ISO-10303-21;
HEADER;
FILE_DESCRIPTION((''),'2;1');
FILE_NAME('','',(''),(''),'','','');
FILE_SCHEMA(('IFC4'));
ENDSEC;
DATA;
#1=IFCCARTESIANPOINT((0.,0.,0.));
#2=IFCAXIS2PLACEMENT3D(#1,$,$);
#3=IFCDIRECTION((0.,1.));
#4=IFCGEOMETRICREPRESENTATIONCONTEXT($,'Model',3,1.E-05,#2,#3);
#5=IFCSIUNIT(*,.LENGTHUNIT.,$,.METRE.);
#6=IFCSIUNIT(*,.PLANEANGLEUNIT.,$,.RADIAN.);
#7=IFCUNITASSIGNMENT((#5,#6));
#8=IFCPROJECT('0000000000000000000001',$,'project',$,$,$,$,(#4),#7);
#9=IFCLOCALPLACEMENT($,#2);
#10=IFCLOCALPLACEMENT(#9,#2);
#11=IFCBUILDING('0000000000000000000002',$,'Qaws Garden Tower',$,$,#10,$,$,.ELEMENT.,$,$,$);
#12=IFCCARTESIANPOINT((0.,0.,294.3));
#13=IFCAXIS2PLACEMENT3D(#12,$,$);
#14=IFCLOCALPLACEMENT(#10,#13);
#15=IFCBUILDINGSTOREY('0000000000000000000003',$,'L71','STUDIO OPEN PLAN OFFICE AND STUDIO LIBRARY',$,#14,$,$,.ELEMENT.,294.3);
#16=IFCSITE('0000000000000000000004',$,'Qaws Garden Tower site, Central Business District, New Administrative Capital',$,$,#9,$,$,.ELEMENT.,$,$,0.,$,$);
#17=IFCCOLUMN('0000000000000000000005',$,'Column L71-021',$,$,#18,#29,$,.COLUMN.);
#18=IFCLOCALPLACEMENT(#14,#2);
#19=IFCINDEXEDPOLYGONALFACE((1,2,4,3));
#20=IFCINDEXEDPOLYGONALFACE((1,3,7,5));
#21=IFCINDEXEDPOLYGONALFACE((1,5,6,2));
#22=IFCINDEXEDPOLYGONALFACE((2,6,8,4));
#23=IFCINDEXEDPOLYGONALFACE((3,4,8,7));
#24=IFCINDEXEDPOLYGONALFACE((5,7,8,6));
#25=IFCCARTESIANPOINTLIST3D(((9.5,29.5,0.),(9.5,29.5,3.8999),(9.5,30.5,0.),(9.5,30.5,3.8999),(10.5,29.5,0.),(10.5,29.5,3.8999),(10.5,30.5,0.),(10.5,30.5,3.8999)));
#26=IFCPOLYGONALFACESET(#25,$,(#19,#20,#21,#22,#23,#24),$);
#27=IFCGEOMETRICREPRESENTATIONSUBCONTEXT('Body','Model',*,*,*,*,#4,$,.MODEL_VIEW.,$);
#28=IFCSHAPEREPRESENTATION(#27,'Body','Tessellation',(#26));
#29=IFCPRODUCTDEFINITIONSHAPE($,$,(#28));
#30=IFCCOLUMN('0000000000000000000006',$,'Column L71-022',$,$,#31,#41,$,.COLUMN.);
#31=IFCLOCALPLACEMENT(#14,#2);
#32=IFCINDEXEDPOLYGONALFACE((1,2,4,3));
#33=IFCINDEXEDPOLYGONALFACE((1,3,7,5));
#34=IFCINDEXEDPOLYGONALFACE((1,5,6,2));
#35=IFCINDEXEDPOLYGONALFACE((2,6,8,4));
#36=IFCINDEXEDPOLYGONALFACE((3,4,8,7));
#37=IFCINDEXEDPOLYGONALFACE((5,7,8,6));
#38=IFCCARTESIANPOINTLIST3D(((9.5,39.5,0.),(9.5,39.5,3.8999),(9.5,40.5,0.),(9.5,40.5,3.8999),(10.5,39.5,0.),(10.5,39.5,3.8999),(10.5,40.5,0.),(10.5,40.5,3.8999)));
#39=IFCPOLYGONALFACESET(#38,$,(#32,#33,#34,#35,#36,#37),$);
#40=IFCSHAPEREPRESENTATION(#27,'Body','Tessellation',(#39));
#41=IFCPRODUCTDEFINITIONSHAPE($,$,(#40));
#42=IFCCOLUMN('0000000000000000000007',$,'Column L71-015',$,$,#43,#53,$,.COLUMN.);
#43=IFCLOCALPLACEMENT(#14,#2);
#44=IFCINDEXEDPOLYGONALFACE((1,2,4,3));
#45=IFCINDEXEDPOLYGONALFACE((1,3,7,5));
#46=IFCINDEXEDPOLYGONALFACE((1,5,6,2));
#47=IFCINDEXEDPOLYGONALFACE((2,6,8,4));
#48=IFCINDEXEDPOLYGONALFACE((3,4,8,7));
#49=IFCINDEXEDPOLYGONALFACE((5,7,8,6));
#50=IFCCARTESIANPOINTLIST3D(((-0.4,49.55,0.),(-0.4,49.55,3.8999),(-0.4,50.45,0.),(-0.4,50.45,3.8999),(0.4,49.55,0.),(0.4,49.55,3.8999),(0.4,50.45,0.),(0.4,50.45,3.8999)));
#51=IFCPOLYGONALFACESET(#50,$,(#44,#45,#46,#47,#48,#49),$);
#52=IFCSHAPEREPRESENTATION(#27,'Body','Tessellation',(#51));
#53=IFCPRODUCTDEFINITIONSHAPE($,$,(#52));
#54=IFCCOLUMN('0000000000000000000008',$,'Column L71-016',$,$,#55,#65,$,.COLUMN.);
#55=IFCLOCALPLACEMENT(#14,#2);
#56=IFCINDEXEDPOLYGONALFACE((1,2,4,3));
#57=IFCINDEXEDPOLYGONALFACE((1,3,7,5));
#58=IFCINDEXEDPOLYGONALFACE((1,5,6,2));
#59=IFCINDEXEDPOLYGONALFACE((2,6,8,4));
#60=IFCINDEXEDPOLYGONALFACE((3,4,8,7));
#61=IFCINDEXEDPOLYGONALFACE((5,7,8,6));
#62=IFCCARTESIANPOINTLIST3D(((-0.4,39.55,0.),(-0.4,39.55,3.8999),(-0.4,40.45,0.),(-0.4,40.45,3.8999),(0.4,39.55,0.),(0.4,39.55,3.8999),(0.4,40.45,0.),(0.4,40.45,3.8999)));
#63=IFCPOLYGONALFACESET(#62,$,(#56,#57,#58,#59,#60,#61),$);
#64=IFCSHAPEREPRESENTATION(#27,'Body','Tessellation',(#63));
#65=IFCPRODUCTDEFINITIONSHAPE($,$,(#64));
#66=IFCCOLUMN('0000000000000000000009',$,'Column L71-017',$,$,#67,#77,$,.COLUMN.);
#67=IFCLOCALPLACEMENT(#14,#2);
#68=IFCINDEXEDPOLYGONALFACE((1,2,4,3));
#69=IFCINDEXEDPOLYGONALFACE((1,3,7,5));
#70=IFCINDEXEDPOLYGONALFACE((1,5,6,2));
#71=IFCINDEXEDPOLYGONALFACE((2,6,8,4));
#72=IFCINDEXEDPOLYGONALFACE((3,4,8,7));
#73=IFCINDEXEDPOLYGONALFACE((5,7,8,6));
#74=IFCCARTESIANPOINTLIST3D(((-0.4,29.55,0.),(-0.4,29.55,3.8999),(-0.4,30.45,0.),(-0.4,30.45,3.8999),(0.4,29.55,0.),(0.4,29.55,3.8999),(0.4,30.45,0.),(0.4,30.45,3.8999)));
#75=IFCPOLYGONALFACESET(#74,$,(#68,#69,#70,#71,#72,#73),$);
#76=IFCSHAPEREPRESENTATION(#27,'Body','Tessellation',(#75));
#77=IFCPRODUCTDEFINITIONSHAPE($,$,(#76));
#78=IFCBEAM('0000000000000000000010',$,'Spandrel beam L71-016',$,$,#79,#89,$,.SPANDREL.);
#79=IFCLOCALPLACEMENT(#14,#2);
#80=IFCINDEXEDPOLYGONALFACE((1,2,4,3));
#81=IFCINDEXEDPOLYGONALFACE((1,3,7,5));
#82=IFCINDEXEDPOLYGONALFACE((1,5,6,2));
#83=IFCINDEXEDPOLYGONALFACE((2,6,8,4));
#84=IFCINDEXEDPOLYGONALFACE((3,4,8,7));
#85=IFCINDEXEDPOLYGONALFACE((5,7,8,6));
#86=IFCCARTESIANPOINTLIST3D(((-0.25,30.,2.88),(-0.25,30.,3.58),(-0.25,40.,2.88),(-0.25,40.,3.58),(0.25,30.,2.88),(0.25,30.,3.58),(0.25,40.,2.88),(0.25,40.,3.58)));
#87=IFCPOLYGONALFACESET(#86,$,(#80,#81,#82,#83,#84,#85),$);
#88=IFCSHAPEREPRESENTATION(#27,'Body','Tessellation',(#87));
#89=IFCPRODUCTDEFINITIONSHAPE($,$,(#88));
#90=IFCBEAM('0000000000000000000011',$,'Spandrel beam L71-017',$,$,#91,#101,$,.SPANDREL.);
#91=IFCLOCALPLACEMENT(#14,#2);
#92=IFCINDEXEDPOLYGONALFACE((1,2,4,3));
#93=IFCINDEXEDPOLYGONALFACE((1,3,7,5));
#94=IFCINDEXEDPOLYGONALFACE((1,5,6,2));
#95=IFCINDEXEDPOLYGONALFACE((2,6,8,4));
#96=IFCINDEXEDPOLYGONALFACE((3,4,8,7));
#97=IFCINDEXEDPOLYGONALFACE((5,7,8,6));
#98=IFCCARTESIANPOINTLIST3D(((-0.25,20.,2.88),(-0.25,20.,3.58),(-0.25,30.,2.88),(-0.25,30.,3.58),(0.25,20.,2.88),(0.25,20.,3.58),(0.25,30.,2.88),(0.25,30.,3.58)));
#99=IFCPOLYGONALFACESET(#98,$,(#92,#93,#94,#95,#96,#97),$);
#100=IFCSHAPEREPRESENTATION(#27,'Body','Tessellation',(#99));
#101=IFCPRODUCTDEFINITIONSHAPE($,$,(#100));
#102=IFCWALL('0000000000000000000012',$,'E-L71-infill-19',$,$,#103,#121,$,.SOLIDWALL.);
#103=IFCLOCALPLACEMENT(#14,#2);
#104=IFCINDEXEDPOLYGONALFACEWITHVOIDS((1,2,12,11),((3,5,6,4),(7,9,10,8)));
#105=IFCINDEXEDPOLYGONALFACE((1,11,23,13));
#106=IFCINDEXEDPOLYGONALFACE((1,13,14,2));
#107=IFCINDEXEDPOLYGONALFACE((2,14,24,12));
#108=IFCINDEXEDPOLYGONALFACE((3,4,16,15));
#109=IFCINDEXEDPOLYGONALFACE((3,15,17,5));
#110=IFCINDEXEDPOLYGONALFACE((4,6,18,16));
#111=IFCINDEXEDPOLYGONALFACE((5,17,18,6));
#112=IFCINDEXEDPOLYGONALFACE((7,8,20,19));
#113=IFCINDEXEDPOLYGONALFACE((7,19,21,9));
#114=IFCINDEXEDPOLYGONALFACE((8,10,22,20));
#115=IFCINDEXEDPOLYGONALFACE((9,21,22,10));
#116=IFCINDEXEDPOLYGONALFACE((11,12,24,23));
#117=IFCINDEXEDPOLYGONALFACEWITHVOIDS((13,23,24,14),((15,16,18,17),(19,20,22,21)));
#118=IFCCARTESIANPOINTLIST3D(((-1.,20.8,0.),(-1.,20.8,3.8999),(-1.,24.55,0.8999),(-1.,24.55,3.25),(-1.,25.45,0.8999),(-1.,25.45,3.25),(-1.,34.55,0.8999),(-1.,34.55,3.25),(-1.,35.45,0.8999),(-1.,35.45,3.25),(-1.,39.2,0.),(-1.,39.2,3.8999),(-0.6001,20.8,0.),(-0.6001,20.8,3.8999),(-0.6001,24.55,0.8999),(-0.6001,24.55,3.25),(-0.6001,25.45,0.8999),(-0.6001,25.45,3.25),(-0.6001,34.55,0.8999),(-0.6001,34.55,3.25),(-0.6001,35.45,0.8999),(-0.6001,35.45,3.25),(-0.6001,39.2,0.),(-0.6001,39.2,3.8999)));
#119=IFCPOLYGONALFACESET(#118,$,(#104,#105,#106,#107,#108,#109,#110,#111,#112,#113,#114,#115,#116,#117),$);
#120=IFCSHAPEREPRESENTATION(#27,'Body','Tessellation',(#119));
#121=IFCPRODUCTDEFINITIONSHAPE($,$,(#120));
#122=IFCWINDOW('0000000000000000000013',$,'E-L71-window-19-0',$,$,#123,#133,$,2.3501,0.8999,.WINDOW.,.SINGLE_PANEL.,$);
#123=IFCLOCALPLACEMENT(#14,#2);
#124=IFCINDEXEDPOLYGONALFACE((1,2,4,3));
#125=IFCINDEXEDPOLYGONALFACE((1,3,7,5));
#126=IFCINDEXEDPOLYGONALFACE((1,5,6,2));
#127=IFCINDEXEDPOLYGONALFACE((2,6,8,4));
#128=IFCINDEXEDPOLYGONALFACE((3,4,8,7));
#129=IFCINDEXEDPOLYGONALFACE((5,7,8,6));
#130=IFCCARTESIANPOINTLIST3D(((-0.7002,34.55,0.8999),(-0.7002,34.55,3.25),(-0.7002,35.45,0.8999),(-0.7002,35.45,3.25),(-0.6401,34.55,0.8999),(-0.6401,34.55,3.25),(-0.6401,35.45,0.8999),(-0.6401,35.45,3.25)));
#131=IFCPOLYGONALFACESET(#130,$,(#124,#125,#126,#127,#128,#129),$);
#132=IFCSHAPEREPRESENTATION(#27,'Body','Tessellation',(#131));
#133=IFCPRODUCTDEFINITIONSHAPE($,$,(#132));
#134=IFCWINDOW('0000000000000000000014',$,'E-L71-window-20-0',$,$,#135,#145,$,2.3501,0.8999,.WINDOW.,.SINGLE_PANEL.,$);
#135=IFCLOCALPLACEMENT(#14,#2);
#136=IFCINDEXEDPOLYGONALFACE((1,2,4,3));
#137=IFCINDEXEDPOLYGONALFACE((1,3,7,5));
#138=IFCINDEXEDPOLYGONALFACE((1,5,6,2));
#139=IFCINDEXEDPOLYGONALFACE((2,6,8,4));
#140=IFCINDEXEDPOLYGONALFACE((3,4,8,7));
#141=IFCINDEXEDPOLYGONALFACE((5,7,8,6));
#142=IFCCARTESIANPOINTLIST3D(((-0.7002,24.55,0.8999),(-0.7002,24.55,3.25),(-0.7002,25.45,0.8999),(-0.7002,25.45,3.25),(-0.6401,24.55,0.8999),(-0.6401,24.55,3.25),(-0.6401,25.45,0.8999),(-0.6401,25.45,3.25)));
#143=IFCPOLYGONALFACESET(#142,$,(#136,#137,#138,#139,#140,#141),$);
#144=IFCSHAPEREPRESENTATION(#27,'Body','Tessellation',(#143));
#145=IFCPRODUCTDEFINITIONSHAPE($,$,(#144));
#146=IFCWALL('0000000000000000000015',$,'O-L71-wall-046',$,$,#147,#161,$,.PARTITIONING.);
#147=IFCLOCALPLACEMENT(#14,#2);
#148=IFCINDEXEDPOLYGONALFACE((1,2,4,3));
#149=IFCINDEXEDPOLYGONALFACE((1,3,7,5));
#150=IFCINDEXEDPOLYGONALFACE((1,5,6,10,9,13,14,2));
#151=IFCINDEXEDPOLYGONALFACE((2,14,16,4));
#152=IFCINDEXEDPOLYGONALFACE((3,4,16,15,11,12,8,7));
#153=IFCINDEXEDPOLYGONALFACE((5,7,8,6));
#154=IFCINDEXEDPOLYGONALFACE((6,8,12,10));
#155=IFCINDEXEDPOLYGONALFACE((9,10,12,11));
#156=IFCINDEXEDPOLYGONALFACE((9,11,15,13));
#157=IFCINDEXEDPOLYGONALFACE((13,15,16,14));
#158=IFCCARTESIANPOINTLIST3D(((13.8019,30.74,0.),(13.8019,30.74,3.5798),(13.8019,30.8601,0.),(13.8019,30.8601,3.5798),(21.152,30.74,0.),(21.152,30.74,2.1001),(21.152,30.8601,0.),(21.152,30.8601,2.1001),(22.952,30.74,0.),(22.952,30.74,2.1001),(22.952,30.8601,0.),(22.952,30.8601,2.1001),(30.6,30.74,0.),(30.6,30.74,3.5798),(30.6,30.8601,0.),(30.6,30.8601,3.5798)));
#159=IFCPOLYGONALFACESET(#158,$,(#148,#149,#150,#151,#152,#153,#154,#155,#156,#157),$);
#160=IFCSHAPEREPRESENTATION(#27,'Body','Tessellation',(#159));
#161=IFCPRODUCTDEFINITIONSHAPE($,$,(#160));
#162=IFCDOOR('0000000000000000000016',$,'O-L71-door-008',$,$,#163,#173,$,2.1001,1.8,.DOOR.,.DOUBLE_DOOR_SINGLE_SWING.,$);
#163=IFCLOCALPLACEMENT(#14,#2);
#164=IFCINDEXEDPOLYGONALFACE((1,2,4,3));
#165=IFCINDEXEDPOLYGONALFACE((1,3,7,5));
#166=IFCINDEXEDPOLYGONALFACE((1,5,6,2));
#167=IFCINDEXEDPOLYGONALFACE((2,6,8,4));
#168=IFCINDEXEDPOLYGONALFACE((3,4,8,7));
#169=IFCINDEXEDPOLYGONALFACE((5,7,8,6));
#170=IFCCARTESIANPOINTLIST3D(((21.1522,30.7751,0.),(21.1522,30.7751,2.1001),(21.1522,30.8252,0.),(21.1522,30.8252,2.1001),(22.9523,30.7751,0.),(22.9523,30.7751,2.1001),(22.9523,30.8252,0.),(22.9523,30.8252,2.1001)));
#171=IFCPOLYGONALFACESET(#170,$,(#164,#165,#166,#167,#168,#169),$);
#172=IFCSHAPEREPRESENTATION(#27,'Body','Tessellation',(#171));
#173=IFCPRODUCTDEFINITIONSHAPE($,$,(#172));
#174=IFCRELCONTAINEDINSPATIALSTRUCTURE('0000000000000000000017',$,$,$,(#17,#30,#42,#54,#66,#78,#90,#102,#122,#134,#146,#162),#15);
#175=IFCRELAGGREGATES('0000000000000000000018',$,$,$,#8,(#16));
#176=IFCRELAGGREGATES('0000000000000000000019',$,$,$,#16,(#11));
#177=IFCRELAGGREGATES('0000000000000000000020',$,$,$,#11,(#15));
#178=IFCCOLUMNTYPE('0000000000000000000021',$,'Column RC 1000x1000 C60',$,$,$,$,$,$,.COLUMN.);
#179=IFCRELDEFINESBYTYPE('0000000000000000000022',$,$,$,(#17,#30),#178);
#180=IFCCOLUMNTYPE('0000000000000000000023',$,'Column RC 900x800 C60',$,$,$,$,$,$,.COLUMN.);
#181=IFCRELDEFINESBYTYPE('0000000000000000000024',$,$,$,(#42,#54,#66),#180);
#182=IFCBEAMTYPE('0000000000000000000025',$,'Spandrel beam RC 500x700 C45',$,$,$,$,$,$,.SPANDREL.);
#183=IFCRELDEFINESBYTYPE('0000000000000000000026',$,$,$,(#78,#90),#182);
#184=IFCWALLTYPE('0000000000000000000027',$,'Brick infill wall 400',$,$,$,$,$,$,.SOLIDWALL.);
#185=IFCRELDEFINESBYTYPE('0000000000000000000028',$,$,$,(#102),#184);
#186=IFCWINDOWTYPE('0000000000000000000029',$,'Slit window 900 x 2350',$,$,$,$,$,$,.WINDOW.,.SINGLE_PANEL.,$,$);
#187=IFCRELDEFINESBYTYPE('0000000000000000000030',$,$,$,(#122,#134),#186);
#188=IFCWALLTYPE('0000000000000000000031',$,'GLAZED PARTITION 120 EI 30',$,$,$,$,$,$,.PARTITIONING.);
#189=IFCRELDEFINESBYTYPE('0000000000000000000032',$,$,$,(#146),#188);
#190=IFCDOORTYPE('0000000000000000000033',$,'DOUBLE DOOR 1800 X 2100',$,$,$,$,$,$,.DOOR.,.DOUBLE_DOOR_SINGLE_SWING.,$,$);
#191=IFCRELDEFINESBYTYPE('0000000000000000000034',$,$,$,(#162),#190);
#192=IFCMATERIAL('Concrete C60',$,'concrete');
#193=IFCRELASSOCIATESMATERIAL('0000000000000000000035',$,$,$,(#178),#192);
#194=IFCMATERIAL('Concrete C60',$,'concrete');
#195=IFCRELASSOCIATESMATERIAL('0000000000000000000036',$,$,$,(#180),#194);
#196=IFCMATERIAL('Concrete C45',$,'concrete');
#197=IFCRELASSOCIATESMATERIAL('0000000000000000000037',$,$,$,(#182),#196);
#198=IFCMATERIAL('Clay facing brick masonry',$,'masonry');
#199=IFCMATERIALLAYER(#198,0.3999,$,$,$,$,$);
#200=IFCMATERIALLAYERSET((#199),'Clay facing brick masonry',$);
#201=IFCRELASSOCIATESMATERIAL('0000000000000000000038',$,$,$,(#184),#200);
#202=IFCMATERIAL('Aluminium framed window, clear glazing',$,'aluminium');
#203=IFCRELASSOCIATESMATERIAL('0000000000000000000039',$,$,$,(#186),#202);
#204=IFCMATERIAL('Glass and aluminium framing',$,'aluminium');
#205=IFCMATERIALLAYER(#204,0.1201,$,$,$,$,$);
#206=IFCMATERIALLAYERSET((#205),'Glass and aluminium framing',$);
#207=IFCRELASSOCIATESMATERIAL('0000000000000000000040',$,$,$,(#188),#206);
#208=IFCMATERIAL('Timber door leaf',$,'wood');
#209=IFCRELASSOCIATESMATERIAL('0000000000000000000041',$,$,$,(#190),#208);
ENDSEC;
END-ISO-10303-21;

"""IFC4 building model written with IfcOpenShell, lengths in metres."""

from ifc_helpers import new_model, si_unit, direction, frame, frame_2d, origin, origin_2d, place, context, subcontext, project, spatial, rectangle, extrude, material, layer, layer_set, material_profile, profile_set, type_object, element, fill, save


model = new_model("IFC4")

# Units and contexts
model_context = context("Model", 3, precision=1e-05, world=origin(), true_north=direction((0.0, 1.0)))
body_context = subcontext(model_context, "Body", "Model", "MODEL_VIEW")
ifc_project = project(units=[si_unit("LENGTHUNIT", "METRE"), si_unit("PLANEANGLEUNIT", "RADIAN")], contexts=[model_context])

# Site, building, storey
site_placement = place(None, origin())
site = spatial("IfcSite", under=ifc_project, at=site_placement, Name="Qaws Garden Tower site, Central Business District, New Administrative Capital", CompositionType="ELEMENT", RefElevation=0.0)
building_placement = place(site_placement, origin())
building = spatial("IfcBuilding", under=site, at=building_placement, Name="Qaws Garden Tower", CompositionType="ELEMENT")
storey_placement = place(building_placement, frame((0.0, 0.0, 294.3)))
storey = spatial("IfcBuildingStorey", under=building, at=storey_placement, Name="L71", Description="STUDIO OPEN PLAN OFFICE AND STUDIO LIBRARY", CompositionType="ELEMENT", Elevation=294.3)

# Columns
ifc_material_1 = material(Name="Concrete C60", Category="concrete")
ifc_material_profile_1 = material_profile(ifc_material_1, rectangle(XDim=1.0, YDim=1.0, at=origin_2d()), Name="RC 1000x1000")
ifc_profile_set_1 = profile_set([ifc_material_profile_1], Name="Concrete C60")
column_type_1 = type_object("IfcColumnType", Name="Column RC 1000x1000 C60", PredefinedType="COLUMN", material=ifc_profile_set_1)
for number, where, z_axis, x_axis, name in (
    (1, (10.0, 30.0, 0.0), (0.0, 0.0, 1.0), (1.0, 0.0, 0.0), "Column L71-021"),
    (2, (10.0, 40.0, 0.0), (0.0, 0.0, 1.0), (1.0, 0.0, 0.0), "Column L71-022"),
):
    element("IfcColumn", number, at=place(storey_placement, frame(where, z_axis=z_axis, x_axis=x_axis)), inside=storey, type_object=column_type_1, Name=name, PredefinedType="COLUMN", context=body_context, shape_type="SweptSolid", body=[
        extrude(rectangle(XDim=1.0, YDim=1.0, at=origin_2d()), origin(), (0.0, 0.0, 1.0), 3.8999),
    ])
ifc_material_2 = material(Name="Concrete C60", Category="concrete")
ifc_material_profile_2 = material_profile(ifc_material_2, rectangle(XDim=0.8999, YDim=0.8, at=origin_2d()), Name="RC 900x800")
ifc_profile_set_2 = profile_set([ifc_material_profile_2], Name="Concrete C60")
column_type_2 = type_object("IfcColumnType", Name="Column RC 900x800 C60", PredefinedType="COLUMN", material=ifc_profile_set_2)
for number, where, z_axis, x_axis, name in (
    (3, (0.0, 50.0, 0.0), (0.0, 0.0, 1.0), (0.0, 1.0, 0.0), "Column L71-015"),
    (4, (0.0, 40.0, 0.0), (0.0, 0.0, 1.0), (0.0, 1.0, 0.0), "Column L71-016"),
    (5, (0.0, 30.0, 0.0), (0.0, 0.0, 1.0), (0.0, 1.0, 0.0), "Column L71-017"),
):
    element("IfcColumn", number, at=place(storey_placement, frame(where, z_axis=z_axis, x_axis=x_axis)), inside=storey, type_object=column_type_2, Name=name, PredefinedType="COLUMN", context=body_context, shape_type="SweptSolid", body=[
        extrude(rectangle(XDim=0.8999, YDim=0.8, at=origin_2d()), origin(), (0.0, 0.0, 1.0), 3.8999),
    ])

# Beams
ifc_material_3 = material(Name="Concrete C45", Category="concrete")
ifc_material_profile_3 = material_profile(ifc_material_3, rectangle(XDim=0.5, YDim=0.7, at=origin_2d()), Name="RC 500x700")
ifc_profile_set_3 = profile_set([ifc_material_profile_3], Name="Concrete C45")
beam_type = type_object("IfcBeamType", Name="Spandrel beam RC 500x700 C45", PredefinedType="SPANDREL", material=ifc_profile_set_3)
for number, where, z_axis, x_axis, name in (
    (6, (0.0, 40.0, 3.23), (0.0, -1.0, 0.0), (1.0, 0.0, 0.0), "Spandrel beam L71-016"),
    (7, (0.0, 30.0, 3.23), (0.0, -1.0, 0.0), (1.0, 0.0, 0.0), "Spandrel beam L71-017"),
):
    element("IfcBeam", number, at=place(storey_placement, frame(where, z_axis=z_axis, x_axis=x_axis)), inside=storey, type_object=beam_type, Name=name, PredefinedType="SPANDREL", context=body_context, shape_type="SweptSolid", body=[
        extrude(rectangle(XDim=0.5, YDim=0.7, at=origin_2d()), origin(), (0.0, 0.0, 1.0), 10.0),
    ])

# Wall, openings, windows
ifc_material_4 = material(Name="Clay facing brick masonry", Category="masonry")
ifc_layer_1 = layer(ifc_material_4, 0.3999)
ifc_layer_set_1 = layer_set([ifc_layer_1], Name="Clay facing brick masonry")
wall_type_1 = type_object("IfcWallType", Name="Brick infill wall 400", PredefinedType="SOLIDWALL", material=ifc_layer_set_1)
wall_1_placement = place(storey_placement, frame((-0.8, 39.2, 0.0), z_axis=(0.0, 0.0, 1.0), x_axis=(0.0, -1.0, 0.0)))
wall_1 = element("IfcWall", 8, at=wall_1_placement, inside=storey, type_object=wall_type_1, Name="E-L71-infill-19", PredefinedType="SOLIDWALL", context=body_context, shape_type="SweptSolid", body=[
    extrude(rectangle(XDim=18.3999, YDim=0.3999, at=frame_2d((9.2, 0.0))), origin(), (0.0, 0.0, 1.0), 3.8999),
])
opening_1_placement = place(wall_1_placement, frame((3.75, 0.0, 0.8999)))
opening_1 = element("IfcOpeningElement", 9, at=opening_1_placement, cuts=wall_1, PredefinedType="OPENING", context=body_context, shape_type="SweptSolid", body=[
    extrude(rectangle(XDim=0.8999, YDim=2.3501, at=frame_2d((0.45, 1.175))), frame((0.0, 0.21, 0.0), z_axis=(0.0, -1.0, 0.0), x_axis=(1.0, 0.0, 0.0)), (0.0, 0.0, 1.0), 0.4199),
])
opening_2_placement = place(wall_1_placement, frame((13.75, 0.0, 0.8999)))
opening_2 = element("IfcOpeningElement", 10, at=opening_2_placement, cuts=wall_1, PredefinedType="OPENING", context=body_context, shape_type="SweptSolid", body=[
    extrude(rectangle(XDim=0.8999, YDim=2.3501, at=frame_2d((0.45, 1.175))), frame((0.0, 0.21, 0.0), z_axis=(0.0, -1.0, 0.0), x_axis=(1.0, 0.0, 0.0)), (0.0, 0.0, 1.0), 0.4199),
])
ifc_material_5 = material(Name="Aluminium framed window, clear glazing", Category="aluminium")
window_type = type_object("IfcWindowType", Name="Slit window 900 x 2350", PartitioningType="SINGLE_PANEL", PredefinedType="WINDOW", material=ifc_material_5)
window_1_placement = place(opening_1_placement, origin())
window_1 = element("IfcWindow", 11, at=window_1_placement, inside=storey, type_object=window_type, Name="E-L71-window-19-0", OverallHeight=2.3501, OverallWidth=0.8999, PartitioningType="SINGLE_PANEL", PredefinedType="WINDOW", context=body_context, shape_type="SweptSolid", body=[
    extrude(rectangle(XDim=0.8999, YDim=2.3501, at=frame_2d((0.45, 1.175))), frame((0.0, 0.1599, 0.0), z_axis=(0.0, -1.0, 0.0), x_axis=(1.0, 0.0, 0.0)), (0.0, 0.0, 1.0), 0.0601),
])
fill(opening_1, window_1)
window_2_placement = place(opening_2_placement, origin())
window_2 = element("IfcWindow", 12, at=window_2_placement, inside=storey, type_object=window_type, Name="E-L71-window-20-0", OverallHeight=2.3501, OverallWidth=0.8999, PartitioningType="SINGLE_PANEL", PredefinedType="WINDOW", context=body_context, shape_type="SweptSolid", body=[
    extrude(rectangle(XDim=0.8999, YDim=2.3501, at=frame_2d((0.45, 1.175))), frame((0.0, 0.1599, 0.0), z_axis=(0.0, -1.0, 0.0), x_axis=(1.0, 0.0, 0.0)), (0.0, 0.0, 1.0), 0.0601),
])
fill(opening_2, window_2)

# Wall, opening, door
ifc_material_6 = material(Name="Glass and aluminium framing", Category="aluminium")
ifc_layer_2 = layer(ifc_material_6, 0.1201)
ifc_layer_set_2 = layer_set([ifc_layer_2], Name="Glass and aluminium framing")
wall_type_2 = type_object("IfcWallType", Name="GLAZED PARTITION 120 EI 30", PredefinedType="PARTITIONING", material=ifc_layer_set_2)
wall_2_placement = place(storey_placement, frame((13.802, 30.8, 0.0), z_axis=(0.0, 0.0, 1.0), x_axis=(1.0, 0.0, 0.0)))
wall_2 = element("IfcWall", 13, at=wall_2_placement, inside=storey, type_object=wall_type_2, Name="O-L71-wall-046", PredefinedType="PARTITIONING", context=body_context, shape_type="SweptSolid", body=[
    extrude(rectangle(XDim=16.7981, YDim=0.1201, at=frame_2d((8.3989, 0.0))), origin(), (0.0, 0.0, 1.0), 3.5798),
])
opening_3_placement = place(wall_2_placement, frame((7.3501, 0.0, 0.0)))
opening_3 = element("IfcOpeningElement", 14, at=opening_3_placement, cuts=wall_2, PredefinedType="OPENING", context=body_context, shape_type="SweptSolid", body=[
    extrude(rectangle(XDim=1.8, YDim=2.1001, at=frame_2d((0.8999, 1.05))), frame((0.0, 0.0701, 0.0), z_axis=(0.0, -1.0, 0.0), x_axis=(1.0, 0.0, 0.0)), (0.0, 0.0, 1.0), 0.1401),
])
ifc_material_7 = material(Name="Timber door leaf", Category="wood")
door_type_1 = type_object("IfcDoorType", Name="DOUBLE DOOR 1800 X 2100", OperationType="DOUBLE_DOOR_SINGLE_SWING", PredefinedType="DOOR", material=ifc_material_7)
door_1_placement = place(opening_3_placement, frame((1.8, 0.0, 0.0), z_axis=(0.0, 0.0, 1.0), x_axis=(-1.0, 0.0, 0.0)))
door_1 = element("IfcDoor", 15, at=door_1_placement, inside=storey, type_object=door_type_1, Name="O-L71-door-008", OperationType="DOUBLE_DOOR_SINGLE_SWING", OverallHeight=2.1001, OverallWidth=1.8, PredefinedType="DOOR", context=body_context, shape_type="SweptSolid", body=[
    extrude(rectangle(XDim=1.8, YDim=2.1001, at=frame_2d((0.8999, 1.05))), frame((0.0, 0.0249, 0.0), z_axis=(0.0, -1.0, 0.0), x_axis=(1.0, 0.0, 0.0)), (0.0, 0.0, 1.0), 0.05),
])
fill(opening_3, door_1)

save(model, "model.ifc")
